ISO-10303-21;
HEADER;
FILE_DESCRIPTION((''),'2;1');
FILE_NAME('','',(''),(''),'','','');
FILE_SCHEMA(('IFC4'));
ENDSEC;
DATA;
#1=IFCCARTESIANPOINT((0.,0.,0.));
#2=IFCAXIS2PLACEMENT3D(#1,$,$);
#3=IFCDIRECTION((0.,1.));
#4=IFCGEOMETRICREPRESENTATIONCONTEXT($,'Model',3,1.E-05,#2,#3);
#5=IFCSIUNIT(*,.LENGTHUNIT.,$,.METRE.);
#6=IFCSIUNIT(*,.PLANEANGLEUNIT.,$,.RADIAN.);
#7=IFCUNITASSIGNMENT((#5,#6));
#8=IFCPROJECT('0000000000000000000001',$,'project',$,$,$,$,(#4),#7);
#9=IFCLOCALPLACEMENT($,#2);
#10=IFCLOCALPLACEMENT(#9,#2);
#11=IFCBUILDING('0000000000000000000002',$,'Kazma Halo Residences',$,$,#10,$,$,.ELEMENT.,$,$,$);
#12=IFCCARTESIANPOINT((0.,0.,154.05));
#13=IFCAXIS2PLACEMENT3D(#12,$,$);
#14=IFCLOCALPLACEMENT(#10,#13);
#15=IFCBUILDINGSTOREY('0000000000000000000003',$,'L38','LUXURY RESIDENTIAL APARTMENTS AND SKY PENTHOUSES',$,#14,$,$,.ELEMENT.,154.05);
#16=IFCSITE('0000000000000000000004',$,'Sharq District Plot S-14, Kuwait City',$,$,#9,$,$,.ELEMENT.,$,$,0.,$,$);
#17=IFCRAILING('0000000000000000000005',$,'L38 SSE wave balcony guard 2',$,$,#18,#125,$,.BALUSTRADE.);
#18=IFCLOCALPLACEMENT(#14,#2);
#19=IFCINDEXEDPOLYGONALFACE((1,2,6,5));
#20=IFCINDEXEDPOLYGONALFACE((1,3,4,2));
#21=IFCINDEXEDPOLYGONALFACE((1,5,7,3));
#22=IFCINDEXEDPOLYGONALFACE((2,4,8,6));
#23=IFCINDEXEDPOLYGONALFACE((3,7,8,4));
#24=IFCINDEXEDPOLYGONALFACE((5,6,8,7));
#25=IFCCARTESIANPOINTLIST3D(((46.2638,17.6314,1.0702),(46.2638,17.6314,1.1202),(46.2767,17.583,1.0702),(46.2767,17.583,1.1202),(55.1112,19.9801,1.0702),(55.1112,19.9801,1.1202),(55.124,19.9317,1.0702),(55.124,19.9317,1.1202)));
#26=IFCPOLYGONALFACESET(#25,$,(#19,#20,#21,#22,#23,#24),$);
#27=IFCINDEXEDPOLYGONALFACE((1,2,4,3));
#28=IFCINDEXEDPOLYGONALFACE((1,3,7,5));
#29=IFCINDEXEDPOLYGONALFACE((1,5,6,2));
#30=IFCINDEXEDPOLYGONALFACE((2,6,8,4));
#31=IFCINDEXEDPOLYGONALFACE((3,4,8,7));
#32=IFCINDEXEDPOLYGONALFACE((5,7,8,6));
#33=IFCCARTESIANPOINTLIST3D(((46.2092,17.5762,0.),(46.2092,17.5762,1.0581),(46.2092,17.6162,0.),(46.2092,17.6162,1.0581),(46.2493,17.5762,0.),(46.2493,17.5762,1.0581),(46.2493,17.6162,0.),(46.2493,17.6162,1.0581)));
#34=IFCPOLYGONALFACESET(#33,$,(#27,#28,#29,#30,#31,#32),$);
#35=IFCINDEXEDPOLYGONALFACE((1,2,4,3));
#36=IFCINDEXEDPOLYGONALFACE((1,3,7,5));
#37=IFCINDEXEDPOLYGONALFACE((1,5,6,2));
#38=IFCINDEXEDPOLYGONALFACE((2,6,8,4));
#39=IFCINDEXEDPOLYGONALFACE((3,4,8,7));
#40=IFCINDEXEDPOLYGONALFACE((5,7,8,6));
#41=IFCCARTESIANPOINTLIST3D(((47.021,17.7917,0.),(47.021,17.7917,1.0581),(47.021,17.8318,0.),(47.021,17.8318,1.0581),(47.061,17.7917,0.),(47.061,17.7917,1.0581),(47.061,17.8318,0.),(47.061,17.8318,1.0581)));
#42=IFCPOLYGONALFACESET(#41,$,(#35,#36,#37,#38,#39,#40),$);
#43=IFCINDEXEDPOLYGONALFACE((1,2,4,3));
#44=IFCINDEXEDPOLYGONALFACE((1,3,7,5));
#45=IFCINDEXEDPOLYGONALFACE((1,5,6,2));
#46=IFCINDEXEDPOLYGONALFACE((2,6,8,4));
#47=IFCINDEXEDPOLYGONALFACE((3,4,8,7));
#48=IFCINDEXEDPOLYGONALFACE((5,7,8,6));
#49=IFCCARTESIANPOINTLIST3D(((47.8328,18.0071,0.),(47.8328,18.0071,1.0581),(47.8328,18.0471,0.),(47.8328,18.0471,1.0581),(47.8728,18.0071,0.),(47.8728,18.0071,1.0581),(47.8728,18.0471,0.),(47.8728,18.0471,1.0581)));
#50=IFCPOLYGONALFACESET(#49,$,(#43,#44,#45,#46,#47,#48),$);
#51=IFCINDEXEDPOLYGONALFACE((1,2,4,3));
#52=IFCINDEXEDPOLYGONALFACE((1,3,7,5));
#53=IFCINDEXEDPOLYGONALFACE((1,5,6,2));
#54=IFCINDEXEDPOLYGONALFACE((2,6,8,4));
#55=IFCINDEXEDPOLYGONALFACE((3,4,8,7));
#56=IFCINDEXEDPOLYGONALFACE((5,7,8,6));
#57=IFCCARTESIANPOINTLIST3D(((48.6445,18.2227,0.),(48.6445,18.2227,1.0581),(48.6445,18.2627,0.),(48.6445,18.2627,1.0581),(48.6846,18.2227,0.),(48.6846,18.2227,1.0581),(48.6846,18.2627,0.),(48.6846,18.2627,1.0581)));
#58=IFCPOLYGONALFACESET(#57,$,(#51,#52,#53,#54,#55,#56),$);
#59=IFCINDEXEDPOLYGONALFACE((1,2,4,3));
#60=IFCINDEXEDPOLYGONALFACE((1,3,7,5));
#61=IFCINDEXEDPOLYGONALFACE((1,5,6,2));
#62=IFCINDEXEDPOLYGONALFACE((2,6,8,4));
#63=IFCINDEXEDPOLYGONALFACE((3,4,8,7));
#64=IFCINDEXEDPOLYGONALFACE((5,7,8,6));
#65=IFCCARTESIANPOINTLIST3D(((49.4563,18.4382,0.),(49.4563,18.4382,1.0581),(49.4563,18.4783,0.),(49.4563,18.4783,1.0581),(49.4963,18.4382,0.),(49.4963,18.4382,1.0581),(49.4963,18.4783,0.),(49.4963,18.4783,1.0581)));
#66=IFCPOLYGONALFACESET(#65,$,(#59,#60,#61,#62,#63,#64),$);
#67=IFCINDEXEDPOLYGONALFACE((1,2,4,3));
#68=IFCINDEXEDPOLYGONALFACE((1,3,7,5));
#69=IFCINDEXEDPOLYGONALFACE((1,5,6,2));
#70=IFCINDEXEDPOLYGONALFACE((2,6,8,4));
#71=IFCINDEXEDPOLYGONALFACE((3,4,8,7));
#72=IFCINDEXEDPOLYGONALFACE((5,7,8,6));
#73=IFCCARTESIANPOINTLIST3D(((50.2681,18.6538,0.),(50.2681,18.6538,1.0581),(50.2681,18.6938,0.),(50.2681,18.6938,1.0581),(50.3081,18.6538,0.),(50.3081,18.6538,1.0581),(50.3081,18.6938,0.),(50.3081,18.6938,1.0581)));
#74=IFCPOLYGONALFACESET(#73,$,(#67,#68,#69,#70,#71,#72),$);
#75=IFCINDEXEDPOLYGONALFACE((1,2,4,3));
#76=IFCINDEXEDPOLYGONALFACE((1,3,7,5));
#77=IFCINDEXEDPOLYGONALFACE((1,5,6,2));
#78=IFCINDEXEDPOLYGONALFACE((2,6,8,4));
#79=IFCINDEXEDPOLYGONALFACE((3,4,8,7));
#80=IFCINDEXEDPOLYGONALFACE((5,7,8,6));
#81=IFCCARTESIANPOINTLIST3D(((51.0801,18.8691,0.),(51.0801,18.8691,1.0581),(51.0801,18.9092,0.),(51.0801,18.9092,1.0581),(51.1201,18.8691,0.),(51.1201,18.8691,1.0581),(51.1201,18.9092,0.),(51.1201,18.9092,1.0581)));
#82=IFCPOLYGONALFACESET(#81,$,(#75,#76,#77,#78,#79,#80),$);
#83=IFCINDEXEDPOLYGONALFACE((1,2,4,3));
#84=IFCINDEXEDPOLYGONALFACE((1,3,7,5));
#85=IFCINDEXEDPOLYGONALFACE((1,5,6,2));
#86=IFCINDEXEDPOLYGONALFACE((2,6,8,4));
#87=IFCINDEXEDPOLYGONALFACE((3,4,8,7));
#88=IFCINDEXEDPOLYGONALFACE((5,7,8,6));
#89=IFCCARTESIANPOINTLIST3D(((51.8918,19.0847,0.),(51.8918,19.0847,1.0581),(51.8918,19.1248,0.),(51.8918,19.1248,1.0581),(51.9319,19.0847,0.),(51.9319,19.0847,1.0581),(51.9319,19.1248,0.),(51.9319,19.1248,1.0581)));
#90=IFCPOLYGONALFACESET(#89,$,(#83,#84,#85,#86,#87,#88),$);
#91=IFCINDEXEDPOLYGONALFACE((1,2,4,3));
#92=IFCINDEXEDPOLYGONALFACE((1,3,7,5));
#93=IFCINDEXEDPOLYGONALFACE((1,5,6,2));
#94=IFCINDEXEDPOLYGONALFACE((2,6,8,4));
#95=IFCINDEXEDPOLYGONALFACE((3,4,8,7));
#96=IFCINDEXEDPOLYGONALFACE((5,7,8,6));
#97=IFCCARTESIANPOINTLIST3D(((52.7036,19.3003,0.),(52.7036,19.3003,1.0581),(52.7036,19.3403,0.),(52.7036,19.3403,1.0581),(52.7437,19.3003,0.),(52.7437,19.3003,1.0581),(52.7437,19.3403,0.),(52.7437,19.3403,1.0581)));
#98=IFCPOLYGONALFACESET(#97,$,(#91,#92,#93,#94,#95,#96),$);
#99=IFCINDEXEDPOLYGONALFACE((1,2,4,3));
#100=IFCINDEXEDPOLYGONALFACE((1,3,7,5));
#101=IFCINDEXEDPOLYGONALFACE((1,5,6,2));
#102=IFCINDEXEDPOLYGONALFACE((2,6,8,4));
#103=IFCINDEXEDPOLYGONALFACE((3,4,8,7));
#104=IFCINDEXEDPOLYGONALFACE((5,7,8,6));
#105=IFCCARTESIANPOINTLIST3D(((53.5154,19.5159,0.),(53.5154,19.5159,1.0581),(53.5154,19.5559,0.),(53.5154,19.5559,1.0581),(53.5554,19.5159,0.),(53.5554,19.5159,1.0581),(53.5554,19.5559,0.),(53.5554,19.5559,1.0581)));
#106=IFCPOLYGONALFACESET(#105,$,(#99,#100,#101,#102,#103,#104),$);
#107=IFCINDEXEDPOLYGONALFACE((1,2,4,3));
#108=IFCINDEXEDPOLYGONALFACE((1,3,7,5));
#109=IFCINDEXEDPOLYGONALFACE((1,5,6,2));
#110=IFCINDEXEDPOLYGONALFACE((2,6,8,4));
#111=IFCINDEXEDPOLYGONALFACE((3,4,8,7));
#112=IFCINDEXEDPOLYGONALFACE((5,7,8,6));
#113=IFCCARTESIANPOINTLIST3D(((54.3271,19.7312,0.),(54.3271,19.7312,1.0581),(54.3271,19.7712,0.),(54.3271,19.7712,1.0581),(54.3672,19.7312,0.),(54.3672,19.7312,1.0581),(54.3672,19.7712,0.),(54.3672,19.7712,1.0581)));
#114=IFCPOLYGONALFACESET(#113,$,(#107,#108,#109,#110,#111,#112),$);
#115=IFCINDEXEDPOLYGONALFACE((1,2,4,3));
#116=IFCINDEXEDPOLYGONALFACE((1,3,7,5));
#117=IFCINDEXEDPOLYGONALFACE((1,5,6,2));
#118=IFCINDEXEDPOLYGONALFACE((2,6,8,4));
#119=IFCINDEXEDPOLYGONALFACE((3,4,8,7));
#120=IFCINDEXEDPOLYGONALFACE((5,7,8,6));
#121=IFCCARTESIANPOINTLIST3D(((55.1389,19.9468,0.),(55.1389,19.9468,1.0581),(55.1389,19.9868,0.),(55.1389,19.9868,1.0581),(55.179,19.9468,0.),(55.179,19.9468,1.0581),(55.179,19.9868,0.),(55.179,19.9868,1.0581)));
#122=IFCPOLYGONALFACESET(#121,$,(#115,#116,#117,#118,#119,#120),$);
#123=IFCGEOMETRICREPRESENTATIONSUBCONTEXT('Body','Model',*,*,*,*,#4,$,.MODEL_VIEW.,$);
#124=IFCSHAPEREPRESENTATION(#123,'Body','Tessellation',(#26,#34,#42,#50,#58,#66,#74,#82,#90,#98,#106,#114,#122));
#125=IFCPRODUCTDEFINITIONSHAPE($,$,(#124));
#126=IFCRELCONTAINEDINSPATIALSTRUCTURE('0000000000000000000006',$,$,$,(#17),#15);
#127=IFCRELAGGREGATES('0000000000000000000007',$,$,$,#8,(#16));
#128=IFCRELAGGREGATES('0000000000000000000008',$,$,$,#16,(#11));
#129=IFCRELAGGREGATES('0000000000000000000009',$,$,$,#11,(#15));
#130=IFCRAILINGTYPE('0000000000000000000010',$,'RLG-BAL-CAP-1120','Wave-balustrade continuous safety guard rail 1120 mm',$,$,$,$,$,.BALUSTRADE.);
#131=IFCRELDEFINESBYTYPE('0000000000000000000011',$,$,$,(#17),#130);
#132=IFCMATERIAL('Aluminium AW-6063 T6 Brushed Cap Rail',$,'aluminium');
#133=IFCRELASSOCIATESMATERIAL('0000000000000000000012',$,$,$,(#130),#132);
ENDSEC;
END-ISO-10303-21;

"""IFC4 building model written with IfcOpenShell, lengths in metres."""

from ifc_helpers import new_model, si_unit, direction, frame, origin, origin_2d, place, context, subcontext, project, spatial, rectangle, extrude, material, type_object, element, save


model = new_model("IFC4")

# Units and contexts
model_context = context("Model", 3, precision=1e-05, world=origin(), true_north=direction((0.0, 1.0)))
body_context = subcontext(model_context, "Body", "Model", "MODEL_VIEW")
ifc_project = project(units=[si_unit("LENGTHUNIT", "METRE"), si_unit("PLANEANGLEUNIT", "RADIAN")], contexts=[model_context])

# Site, building, storey
site_placement = place(None, origin())
site = spatial("IfcSite", under=ifc_project, at=site_placement, Name="Sharq District Plot S-14, Kuwait City", CompositionType="ELEMENT", RefElevation=0.0)
building_placement = place(site_placement, origin())
building = spatial("IfcBuilding", under=site, at=building_placement, Name="Kazma Halo Residences", CompositionType="ELEMENT")
storey_placement = place(building_placement, frame((0.0, 0.0, 154.05)))
storey = spatial("IfcBuildingStorey", under=building, at=storey_placement, Name="L38", Description="LUXURY RESIDENTIAL APARTMENTS AND SKY PENTHOUSES", CompositionType="ELEMENT", Elevation=154.05)

# Railing
ifc_material_1 = material(Name="Aluminium AW-6063 T6 Brushed Cap Rail", Category="aluminium")
railing_type = type_object("IfcRailingType", Name="RLG-BAL-CAP-1120", Description="Wave-balustrade continuous safety guard rail 1120 mm", PredefinedType="BALUSTRADE", material=ifc_material_1)
railing_1_placement = place(storey_placement, frame((46.2292, 17.5962, 0.0)))
element("IfcRailing", 1, at=railing_1_placement, inside=storey, type_object=railing_type, Name="L38 SSE wave balcony guard 2", PredefinedType="BALUSTRADE", context=body_context, shape_type="SweptSolid", body=[
    extrude(rectangle(XDim=0.05, YDim=0.05, at=origin_2d()), frame((0.041, 0.011, 1.0952), z_axis=(0.966521, 0.256587, 0.0), x_axis=(-0.256587, 0.966521, 0.0)), (0.0, 0.0, 1.0), 9.1538),
    extrude(rectangle(XDim=0.04, YDim=0.04, at=origin_2d()), origin(), (0.0, 0.0, 1.0), 1.0581),
    extrude(rectangle(XDim=0.04, YDim=0.04, at=origin_2d()), frame((0.8118, 0.2156, 0.0)), (0.0, 0.0, 1.0), 1.0581),
    extrude(rectangle(XDim=0.04, YDim=0.04, at=origin_2d()), frame((1.6235, 0.4309, 0.0)), (0.0, 0.0, 1.0), 1.0581),
    extrude(rectangle(XDim=0.04, YDim=0.04, at=origin_2d()), frame((2.4353, 0.6465, 0.0)), (0.0, 0.0, 1.0), 1.0581),
    extrude(rectangle(XDim=0.04, YDim=0.04, at=origin_2d()), frame((3.2471, 0.8621, 0.0)), (0.0, 0.0, 1.0), 1.0581),
    extrude(rectangle(XDim=0.04, YDim=0.04, at=origin_2d()), frame((4.0588, 1.0776, 0.0)), (0.0, 0.0, 1.0), 1.0581),
    extrude(rectangle(XDim=0.04, YDim=0.04, at=origin_2d()), frame((4.8708, 1.293, 0.0)), (0.0, 0.0, 1.0), 1.0581),
    extrude(rectangle(XDim=0.04, YDim=0.04, at=origin_2d()), frame((5.6826, 1.5085, 0.0)), (0.0, 0.0, 1.0), 1.0581),
    extrude(rectangle(XDim=0.04, YDim=0.04, at=origin_2d()), frame((6.4944, 1.7241, 0.0)), (0.0, 0.0, 1.0), 1.0581),
    extrude(rectangle(XDim=0.04, YDim=0.04, at=origin_2d()), frame((7.3062, 1.9397, 0.0)), (0.0, 0.0, 1.0), 1.0581),
    extrude(rectangle(XDim=0.04, YDim=0.04, at=origin_2d()), frame((8.1179, 2.155, 0.0)), (0.0, 0.0, 1.0), 1.0581),
    extrude(rectangle(XDim=0.04, YDim=0.04, at=origin_2d()), frame((8.9297, 2.3706, 0.0)), (0.0, 0.0, 1.0), 1.0581),
])

save(model, "model.ifc")
